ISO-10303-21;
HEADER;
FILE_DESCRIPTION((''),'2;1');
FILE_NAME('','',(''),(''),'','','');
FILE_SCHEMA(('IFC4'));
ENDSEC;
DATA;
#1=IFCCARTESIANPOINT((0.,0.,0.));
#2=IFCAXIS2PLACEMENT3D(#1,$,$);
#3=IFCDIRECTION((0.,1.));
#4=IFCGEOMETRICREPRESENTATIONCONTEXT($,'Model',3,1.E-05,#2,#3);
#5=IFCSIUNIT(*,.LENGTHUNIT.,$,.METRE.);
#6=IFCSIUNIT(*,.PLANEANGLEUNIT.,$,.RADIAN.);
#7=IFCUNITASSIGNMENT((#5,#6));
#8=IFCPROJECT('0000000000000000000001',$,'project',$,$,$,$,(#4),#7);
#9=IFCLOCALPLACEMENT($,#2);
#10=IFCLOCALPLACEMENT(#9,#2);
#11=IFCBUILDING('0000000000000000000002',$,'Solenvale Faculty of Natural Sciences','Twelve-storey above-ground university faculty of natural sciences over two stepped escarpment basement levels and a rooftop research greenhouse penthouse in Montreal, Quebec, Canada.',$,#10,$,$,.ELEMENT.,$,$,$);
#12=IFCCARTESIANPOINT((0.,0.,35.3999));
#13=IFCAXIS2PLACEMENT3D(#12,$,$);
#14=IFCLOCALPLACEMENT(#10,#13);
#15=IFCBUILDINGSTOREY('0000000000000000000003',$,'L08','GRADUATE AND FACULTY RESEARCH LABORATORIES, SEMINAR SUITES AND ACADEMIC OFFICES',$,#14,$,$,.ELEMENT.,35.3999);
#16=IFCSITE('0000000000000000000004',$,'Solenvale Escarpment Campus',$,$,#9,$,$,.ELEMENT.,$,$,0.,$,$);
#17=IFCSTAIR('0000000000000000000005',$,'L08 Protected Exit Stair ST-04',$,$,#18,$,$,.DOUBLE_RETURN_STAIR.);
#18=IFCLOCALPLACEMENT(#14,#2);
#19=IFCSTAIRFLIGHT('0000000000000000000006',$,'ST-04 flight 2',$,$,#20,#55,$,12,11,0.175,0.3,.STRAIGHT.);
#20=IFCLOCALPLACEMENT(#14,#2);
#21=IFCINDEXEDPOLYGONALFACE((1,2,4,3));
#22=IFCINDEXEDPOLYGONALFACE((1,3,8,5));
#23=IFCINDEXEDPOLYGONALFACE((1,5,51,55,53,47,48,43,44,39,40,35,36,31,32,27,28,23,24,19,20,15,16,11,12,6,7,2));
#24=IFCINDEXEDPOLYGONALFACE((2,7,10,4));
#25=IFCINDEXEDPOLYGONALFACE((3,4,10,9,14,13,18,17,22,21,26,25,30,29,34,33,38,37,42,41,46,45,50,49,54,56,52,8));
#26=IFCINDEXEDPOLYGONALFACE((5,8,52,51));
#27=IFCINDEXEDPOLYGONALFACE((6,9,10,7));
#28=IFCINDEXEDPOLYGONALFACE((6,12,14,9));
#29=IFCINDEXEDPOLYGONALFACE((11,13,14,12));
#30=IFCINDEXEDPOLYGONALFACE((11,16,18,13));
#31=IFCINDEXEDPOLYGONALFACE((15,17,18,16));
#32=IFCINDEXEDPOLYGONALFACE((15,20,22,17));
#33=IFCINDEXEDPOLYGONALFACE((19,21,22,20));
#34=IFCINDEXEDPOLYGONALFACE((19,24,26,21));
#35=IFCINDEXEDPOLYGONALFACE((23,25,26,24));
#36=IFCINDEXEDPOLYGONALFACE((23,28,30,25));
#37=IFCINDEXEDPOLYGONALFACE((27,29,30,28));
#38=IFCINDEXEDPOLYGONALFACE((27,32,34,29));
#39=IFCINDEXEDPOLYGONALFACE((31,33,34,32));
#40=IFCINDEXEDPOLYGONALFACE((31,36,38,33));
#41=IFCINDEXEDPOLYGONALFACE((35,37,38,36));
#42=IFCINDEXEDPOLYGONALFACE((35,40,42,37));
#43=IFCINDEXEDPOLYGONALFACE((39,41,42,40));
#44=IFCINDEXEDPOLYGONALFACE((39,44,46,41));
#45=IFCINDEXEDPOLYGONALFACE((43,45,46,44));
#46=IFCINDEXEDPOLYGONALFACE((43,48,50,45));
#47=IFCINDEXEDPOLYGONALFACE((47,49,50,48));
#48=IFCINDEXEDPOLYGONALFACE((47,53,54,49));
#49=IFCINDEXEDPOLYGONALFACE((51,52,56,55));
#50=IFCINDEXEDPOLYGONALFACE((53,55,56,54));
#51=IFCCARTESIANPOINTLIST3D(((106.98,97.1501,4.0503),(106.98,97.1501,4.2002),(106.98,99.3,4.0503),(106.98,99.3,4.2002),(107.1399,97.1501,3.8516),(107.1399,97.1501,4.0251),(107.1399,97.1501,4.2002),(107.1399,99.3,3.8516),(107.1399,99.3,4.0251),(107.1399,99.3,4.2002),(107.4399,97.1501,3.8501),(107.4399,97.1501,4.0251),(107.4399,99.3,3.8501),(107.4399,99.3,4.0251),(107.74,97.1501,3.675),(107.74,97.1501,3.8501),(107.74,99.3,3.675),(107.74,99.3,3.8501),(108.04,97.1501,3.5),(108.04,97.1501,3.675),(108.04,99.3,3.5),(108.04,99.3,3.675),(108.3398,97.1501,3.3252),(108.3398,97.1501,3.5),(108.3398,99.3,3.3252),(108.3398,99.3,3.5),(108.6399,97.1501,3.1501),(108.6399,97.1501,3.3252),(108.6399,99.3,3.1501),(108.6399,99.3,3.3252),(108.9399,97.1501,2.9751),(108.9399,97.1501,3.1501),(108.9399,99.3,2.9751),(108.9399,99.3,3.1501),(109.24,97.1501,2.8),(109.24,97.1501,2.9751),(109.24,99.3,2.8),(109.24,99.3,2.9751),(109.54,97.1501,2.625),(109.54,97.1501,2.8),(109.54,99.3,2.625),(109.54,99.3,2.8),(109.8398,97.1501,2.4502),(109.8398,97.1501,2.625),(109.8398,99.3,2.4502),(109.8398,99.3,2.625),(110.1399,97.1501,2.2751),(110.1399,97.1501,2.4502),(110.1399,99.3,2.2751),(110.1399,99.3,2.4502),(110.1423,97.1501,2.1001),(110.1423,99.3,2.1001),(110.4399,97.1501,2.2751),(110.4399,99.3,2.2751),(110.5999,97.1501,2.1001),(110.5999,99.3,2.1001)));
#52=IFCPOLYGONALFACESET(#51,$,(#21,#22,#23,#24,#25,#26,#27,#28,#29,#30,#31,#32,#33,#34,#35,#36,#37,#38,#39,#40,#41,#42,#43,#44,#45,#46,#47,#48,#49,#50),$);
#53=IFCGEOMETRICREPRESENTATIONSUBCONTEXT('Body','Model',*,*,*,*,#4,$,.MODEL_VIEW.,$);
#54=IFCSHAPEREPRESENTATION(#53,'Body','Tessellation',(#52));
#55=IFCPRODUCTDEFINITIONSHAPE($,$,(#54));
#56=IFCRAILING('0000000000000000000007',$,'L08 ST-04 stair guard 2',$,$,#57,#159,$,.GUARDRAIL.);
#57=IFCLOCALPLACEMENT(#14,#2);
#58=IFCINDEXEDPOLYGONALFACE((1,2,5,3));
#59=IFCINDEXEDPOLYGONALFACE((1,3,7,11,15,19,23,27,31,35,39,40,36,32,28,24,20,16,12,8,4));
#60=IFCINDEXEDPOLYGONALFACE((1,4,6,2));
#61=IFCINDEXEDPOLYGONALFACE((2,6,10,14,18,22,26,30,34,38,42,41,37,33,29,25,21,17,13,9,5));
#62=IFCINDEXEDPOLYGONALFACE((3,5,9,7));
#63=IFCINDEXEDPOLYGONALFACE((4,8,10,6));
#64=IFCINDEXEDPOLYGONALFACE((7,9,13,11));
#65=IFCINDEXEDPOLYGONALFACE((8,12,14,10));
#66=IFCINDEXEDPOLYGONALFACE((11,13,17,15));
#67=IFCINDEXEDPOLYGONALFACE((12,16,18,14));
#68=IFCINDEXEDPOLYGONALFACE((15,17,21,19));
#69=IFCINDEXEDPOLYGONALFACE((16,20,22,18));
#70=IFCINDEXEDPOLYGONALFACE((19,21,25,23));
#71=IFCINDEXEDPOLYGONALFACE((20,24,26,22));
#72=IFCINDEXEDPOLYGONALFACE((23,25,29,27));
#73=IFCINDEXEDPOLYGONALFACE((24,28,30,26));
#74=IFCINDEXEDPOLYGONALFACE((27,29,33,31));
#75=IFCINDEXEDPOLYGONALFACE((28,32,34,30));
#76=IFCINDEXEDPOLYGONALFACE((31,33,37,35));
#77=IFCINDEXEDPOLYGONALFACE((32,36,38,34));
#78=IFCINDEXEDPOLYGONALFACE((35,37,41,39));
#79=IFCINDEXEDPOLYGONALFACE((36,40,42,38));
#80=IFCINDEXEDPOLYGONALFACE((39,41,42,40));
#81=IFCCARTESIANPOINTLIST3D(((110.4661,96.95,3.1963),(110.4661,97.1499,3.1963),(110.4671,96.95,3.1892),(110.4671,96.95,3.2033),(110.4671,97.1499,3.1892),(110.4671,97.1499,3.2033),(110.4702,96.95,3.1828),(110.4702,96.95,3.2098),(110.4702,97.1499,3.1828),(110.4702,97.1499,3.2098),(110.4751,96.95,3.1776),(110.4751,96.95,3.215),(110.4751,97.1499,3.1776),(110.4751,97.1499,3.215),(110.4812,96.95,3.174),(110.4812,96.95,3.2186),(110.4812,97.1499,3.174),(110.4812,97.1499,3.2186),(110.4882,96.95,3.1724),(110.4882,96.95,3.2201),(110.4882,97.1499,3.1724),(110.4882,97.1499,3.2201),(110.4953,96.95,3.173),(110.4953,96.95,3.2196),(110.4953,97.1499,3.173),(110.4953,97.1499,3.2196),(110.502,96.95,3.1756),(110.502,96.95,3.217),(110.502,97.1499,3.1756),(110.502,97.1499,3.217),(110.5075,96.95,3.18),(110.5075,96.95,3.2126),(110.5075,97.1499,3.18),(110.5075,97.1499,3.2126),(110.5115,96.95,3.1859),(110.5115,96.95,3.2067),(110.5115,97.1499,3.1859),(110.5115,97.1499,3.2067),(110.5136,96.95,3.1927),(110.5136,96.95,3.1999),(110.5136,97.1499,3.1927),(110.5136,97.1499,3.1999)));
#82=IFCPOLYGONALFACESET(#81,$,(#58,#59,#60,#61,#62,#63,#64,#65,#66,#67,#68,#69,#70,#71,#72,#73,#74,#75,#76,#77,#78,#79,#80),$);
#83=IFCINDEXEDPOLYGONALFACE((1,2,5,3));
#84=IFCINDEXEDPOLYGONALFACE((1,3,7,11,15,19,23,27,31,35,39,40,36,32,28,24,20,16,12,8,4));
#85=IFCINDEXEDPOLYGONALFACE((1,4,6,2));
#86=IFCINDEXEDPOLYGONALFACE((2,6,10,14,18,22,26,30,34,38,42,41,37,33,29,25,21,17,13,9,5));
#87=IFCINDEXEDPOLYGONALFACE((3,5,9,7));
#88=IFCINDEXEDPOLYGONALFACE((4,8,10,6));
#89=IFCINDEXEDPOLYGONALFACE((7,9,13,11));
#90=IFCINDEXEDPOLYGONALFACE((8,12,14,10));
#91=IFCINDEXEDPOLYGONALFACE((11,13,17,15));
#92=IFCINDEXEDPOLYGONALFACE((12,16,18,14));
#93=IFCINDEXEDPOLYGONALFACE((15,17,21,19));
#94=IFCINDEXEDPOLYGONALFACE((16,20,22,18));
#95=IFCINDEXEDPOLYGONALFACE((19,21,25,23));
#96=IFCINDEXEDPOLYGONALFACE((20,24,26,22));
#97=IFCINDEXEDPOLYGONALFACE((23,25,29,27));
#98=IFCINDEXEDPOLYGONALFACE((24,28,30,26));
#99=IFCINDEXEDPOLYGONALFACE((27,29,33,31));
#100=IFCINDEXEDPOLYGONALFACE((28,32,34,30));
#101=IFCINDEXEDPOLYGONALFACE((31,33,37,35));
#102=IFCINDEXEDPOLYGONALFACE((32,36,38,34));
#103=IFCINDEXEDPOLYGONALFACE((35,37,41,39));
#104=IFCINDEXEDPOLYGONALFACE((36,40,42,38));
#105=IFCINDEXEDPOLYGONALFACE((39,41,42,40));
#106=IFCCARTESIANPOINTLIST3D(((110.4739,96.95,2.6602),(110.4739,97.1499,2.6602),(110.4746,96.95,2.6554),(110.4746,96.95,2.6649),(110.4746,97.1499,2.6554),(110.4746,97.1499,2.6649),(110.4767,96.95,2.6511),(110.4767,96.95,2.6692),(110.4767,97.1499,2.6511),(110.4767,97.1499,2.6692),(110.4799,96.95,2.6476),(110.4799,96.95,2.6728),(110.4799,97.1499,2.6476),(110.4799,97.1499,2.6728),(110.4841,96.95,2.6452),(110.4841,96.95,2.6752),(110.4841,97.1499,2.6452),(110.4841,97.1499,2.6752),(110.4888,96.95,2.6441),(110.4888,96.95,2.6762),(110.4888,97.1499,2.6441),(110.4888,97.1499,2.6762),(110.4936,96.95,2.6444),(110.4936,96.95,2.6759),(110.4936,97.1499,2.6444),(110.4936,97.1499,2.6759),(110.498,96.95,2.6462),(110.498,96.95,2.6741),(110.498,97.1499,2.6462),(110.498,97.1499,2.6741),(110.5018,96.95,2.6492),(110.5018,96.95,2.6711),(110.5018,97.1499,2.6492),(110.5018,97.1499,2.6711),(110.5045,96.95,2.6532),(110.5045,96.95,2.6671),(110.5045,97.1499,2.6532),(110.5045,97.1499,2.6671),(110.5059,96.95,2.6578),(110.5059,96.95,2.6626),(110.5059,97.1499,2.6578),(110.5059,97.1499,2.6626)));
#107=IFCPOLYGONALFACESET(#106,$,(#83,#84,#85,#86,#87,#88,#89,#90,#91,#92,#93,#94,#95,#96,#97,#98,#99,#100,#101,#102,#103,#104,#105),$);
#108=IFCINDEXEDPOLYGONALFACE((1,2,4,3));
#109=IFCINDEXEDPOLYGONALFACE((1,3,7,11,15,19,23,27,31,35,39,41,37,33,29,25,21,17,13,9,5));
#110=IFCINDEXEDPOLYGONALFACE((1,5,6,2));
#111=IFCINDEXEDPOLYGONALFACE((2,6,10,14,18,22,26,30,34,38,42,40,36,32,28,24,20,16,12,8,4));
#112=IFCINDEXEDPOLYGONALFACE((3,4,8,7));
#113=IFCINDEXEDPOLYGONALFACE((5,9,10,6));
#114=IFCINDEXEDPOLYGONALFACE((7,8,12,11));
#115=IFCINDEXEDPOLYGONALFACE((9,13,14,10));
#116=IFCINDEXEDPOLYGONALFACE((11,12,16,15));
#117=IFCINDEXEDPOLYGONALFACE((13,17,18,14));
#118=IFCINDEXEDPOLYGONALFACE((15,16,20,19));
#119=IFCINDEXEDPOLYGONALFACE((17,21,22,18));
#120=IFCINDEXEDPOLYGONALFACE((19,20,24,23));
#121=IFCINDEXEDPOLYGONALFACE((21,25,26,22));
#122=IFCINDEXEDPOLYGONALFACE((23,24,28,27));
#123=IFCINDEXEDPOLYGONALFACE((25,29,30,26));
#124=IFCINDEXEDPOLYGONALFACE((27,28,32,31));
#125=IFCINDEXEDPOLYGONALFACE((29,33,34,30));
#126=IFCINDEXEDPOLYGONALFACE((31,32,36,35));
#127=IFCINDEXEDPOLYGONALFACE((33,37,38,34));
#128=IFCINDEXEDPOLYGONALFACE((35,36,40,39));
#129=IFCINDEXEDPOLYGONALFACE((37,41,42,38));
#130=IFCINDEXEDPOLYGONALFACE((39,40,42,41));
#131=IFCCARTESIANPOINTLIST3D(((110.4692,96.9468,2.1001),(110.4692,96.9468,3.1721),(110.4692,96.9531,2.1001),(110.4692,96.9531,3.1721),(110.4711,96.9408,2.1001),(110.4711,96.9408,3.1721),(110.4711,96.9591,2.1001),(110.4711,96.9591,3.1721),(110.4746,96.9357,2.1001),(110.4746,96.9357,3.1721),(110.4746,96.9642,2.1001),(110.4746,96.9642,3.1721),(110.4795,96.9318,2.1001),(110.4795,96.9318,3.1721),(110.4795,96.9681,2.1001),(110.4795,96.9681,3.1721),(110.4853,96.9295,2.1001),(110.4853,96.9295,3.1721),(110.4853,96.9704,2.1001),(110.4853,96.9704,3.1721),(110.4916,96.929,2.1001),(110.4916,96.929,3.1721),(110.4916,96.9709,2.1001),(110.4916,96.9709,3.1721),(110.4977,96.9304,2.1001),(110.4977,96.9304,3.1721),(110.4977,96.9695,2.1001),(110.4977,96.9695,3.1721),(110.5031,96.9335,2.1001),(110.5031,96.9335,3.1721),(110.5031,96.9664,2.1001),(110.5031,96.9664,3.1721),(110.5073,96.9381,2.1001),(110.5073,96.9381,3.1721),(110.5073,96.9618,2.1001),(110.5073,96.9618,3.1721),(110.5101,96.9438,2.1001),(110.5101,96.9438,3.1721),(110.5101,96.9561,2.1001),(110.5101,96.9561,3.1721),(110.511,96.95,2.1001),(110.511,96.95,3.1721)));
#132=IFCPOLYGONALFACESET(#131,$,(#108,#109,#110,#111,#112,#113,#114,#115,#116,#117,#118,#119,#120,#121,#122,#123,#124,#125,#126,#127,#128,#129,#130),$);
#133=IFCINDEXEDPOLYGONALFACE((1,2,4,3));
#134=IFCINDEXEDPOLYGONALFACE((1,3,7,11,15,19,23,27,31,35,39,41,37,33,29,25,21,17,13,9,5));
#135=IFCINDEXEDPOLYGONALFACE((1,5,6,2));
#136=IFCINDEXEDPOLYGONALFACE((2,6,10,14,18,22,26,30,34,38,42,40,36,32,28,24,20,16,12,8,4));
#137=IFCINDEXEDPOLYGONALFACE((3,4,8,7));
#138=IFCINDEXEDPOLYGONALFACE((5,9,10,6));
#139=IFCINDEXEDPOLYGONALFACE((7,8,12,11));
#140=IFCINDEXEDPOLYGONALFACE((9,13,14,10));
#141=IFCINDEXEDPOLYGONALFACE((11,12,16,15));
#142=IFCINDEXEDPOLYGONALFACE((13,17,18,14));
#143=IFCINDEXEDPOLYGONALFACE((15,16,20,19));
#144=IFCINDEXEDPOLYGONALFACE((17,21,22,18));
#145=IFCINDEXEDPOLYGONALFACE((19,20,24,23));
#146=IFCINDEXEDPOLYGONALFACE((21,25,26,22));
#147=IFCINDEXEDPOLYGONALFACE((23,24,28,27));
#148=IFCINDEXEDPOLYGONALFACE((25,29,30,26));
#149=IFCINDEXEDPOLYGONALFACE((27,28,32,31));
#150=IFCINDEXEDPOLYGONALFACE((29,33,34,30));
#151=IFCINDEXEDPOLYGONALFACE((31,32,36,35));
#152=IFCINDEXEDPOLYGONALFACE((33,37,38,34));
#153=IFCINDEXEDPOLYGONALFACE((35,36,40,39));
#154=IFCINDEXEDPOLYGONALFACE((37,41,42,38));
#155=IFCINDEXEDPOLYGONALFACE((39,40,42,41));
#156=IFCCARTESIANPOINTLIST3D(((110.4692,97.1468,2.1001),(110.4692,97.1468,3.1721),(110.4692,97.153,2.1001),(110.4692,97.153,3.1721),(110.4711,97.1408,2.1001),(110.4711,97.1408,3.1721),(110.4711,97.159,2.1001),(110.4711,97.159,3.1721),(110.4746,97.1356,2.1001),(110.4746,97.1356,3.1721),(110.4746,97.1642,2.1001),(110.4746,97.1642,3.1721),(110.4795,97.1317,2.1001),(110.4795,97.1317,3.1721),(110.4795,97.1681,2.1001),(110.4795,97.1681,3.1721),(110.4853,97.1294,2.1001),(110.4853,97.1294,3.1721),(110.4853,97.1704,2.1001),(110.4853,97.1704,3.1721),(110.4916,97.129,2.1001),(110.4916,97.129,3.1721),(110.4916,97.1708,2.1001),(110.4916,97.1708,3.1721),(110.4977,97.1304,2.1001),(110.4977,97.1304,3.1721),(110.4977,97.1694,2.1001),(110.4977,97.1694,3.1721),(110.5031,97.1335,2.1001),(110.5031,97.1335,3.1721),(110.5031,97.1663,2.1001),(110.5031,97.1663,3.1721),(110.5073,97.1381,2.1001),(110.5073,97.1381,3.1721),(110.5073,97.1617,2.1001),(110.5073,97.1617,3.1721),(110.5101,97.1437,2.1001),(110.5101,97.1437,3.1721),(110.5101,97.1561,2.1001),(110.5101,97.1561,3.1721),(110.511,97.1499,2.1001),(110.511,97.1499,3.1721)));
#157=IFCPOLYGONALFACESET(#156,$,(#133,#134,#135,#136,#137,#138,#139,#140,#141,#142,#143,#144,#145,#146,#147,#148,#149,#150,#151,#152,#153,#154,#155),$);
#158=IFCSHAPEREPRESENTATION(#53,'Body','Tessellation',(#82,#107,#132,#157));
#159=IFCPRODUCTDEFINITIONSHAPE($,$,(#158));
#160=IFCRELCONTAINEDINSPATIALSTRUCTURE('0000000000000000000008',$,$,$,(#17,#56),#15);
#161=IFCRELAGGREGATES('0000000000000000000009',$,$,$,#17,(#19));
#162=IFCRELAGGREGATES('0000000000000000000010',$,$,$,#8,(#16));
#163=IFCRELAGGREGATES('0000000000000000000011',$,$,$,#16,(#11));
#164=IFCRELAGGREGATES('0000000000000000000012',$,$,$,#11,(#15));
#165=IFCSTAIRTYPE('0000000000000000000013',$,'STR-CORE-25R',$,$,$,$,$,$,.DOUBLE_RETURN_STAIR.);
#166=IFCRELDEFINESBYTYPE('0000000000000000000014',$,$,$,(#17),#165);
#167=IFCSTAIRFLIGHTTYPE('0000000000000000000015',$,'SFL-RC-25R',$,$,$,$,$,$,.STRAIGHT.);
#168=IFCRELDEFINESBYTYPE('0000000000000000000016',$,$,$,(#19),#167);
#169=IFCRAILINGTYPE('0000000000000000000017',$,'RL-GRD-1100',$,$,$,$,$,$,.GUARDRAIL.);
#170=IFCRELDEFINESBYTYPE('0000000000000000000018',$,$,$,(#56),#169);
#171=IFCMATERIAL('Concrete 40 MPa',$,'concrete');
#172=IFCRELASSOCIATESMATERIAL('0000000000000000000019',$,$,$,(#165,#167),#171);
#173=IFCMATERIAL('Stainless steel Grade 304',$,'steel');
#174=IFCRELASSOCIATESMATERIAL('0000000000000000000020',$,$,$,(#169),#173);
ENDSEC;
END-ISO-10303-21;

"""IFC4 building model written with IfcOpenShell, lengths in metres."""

from ifc_helpers import new_model, si_unit, direction, frame, origin, origin_2d, place, context, subcontext, project, spatial, polyline, circle, outline, extrude, material, type_object, element, aggregate, save


model = new_model("IFC4")

# Units and contexts
model_context = context("Model", 3, precision=1e-05, world=origin(), true_north=direction((0.0, 1.0)))
body_context = subcontext(model_context, "Body", "Model", "MODEL_VIEW")
ifc_project = project(units=[si_unit("LENGTHUNIT", "METRE"), si_unit("PLANEANGLEUNIT", "RADIAN")], contexts=[model_context])

# Site, building, storey
site_placement = place(None, origin())
site = spatial("IfcSite", under=ifc_project, at=site_placement, Name="Solenvale Escarpment Campus", CompositionType="ELEMENT", RefElevation=0.0)
building_placement = place(site_placement, origin())
building = spatial("IfcBuilding", under=site, at=building_placement, Name="Solenvale Faculty of Natural Sciences", Description="Twelve-storey above-ground university faculty of natural sciences over two stepped escarpment basement levels and a rooftop research greenhouse penthouse in Montreal, Quebec, Canada.", CompositionType="ELEMENT")
storey_placement = place(building_placement, frame((0.0, 0.0, 35.3999)))
storey = spatial("IfcBuildingStorey", under=building, at=storey_placement, Name="L08", Description="GRADUATE AND FACULTY RESEARCH LABORATORIES, SEMINAR SUITES AND ACADEMIC OFFICES", CompositionType="ELEMENT", Elevation=35.3999)

# Shared definitions
ifc_material_1 = material(Name="Concrete 40 MPa", Category="concrete")

# Stair, stair flight
stair_type = type_object("IfcStairType", Name="STR-CORE-25R", PredefinedType="DOUBLE_RETURN_STAIR", material=ifc_material_1)
stair_placement = place(storey_placement, origin())
stair = element("IfcStair", 1, at=stair_placement, inside=storey, type_object=stair_type, Name="L08 Protected Exit Stair ST-04", PredefinedType="DOUBLE_RETURN_STAIR")
stair_flight_type = type_object("IfcStairFlightType", Name="SFL-RC-25R", PredefinedType="STRAIGHT", material=ifc_material_1)
stair_flight_placement = place(storey_placement, frame((110.4399, 98.2251, 2.1001), z_axis=(0.0, 0.0, 1.0), x_axis=(-1.0, 0.0, 0.0)))
stair_flight = element("IfcStairFlight", 2, at=stair_flight_placement, type_object=stair_flight_type, Name="ST-04 flight 2", NumberOfRisers=12, NumberOfTreads=11, PredefinedType="STRAIGHT", RiserHeight=0.175, TreadLength=0.3, context=body_context, shape_type="SweptSolid", body=[
    extrude(outline(polyline([(-0.1599, 0.0), (0.0, 0.175), (0.3, 0.175), (0.3, 0.3501), (0.6001, 0.3501), (0.6001, 0.5249), (0.8999, 0.5249), (0.8999, 0.7), (1.2, 0.7), (1.2, 0.875), (1.5, 0.875), (1.5, 1.05), (1.8, 1.05), (1.8, 1.2251), (2.1001, 1.2251), (2.1001, 1.3999), (2.3999, 1.3999), (2.3999, 1.575), (2.7, 1.575), (2.7, 1.75), (3.0, 1.75), (3.0, 1.925), (3.3, 1.925), (3.3, 2.1001), (3.46, 2.1001), (3.46, 1.9502), (3.3, 1.7515), (0.2976, 0.0), (-0.1599, 0.0)])), frame((0.0, 1.075, 0.0), z_axis=(0.0, -1.0, 0.0), x_axis=(1.0, 0.0, 0.0)), (0.0, 0.0, 1.0), 2.1499),
])
aggregate(stair, [stair_flight])

# Railing
ifc_material_2 = material(Name="Stainless steel Grade 304", Category="steel")
railing_type_1 = type_object("IfcRailingType", Name="RL-GRD-1100", PredefinedType="GUARDRAIL", material=ifc_material_2)
railing_1_placement = place(storey_placement, frame((110.49, 96.95, 2.1001)))
element("IfcRailing", 3, at=railing_1_placement, inside=storey, type_object=railing_type_1, Name="L08 ST-04 stair guard 2", PredefinedType="GUARDRAIL", context=body_context, shape_type="SweptSolid", body=[
    extrude(circle(Radius=0.0239, at=origin_2d()), frame((0.0, 0.0, 1.0962), z_axis=(0.0, 1.0, 0.0), x_axis=(-1.0, 0.0, 0.0)), (0.0, 0.0, 1.0), 0.2),
    extrude(circle(Radius=0.0161, at=origin_2d()), frame((0.0, 0.0, 0.5601), z_axis=(0.0, 1.0, 0.0), x_axis=(-1.0, 0.0, 0.0)), (0.0, 0.0, 1.0), 0.2),
    extrude(circle(Radius=0.021, at=origin_2d()), origin(), (0.0, 0.0, 1.0), 1.072),
    extrude(circle(Radius=0.021, at=origin_2d()), frame((0.0, 0.2, 0.0)), (0.0, 0.0, 1.0), 1.072),
])

save(model, "model.ifc")
